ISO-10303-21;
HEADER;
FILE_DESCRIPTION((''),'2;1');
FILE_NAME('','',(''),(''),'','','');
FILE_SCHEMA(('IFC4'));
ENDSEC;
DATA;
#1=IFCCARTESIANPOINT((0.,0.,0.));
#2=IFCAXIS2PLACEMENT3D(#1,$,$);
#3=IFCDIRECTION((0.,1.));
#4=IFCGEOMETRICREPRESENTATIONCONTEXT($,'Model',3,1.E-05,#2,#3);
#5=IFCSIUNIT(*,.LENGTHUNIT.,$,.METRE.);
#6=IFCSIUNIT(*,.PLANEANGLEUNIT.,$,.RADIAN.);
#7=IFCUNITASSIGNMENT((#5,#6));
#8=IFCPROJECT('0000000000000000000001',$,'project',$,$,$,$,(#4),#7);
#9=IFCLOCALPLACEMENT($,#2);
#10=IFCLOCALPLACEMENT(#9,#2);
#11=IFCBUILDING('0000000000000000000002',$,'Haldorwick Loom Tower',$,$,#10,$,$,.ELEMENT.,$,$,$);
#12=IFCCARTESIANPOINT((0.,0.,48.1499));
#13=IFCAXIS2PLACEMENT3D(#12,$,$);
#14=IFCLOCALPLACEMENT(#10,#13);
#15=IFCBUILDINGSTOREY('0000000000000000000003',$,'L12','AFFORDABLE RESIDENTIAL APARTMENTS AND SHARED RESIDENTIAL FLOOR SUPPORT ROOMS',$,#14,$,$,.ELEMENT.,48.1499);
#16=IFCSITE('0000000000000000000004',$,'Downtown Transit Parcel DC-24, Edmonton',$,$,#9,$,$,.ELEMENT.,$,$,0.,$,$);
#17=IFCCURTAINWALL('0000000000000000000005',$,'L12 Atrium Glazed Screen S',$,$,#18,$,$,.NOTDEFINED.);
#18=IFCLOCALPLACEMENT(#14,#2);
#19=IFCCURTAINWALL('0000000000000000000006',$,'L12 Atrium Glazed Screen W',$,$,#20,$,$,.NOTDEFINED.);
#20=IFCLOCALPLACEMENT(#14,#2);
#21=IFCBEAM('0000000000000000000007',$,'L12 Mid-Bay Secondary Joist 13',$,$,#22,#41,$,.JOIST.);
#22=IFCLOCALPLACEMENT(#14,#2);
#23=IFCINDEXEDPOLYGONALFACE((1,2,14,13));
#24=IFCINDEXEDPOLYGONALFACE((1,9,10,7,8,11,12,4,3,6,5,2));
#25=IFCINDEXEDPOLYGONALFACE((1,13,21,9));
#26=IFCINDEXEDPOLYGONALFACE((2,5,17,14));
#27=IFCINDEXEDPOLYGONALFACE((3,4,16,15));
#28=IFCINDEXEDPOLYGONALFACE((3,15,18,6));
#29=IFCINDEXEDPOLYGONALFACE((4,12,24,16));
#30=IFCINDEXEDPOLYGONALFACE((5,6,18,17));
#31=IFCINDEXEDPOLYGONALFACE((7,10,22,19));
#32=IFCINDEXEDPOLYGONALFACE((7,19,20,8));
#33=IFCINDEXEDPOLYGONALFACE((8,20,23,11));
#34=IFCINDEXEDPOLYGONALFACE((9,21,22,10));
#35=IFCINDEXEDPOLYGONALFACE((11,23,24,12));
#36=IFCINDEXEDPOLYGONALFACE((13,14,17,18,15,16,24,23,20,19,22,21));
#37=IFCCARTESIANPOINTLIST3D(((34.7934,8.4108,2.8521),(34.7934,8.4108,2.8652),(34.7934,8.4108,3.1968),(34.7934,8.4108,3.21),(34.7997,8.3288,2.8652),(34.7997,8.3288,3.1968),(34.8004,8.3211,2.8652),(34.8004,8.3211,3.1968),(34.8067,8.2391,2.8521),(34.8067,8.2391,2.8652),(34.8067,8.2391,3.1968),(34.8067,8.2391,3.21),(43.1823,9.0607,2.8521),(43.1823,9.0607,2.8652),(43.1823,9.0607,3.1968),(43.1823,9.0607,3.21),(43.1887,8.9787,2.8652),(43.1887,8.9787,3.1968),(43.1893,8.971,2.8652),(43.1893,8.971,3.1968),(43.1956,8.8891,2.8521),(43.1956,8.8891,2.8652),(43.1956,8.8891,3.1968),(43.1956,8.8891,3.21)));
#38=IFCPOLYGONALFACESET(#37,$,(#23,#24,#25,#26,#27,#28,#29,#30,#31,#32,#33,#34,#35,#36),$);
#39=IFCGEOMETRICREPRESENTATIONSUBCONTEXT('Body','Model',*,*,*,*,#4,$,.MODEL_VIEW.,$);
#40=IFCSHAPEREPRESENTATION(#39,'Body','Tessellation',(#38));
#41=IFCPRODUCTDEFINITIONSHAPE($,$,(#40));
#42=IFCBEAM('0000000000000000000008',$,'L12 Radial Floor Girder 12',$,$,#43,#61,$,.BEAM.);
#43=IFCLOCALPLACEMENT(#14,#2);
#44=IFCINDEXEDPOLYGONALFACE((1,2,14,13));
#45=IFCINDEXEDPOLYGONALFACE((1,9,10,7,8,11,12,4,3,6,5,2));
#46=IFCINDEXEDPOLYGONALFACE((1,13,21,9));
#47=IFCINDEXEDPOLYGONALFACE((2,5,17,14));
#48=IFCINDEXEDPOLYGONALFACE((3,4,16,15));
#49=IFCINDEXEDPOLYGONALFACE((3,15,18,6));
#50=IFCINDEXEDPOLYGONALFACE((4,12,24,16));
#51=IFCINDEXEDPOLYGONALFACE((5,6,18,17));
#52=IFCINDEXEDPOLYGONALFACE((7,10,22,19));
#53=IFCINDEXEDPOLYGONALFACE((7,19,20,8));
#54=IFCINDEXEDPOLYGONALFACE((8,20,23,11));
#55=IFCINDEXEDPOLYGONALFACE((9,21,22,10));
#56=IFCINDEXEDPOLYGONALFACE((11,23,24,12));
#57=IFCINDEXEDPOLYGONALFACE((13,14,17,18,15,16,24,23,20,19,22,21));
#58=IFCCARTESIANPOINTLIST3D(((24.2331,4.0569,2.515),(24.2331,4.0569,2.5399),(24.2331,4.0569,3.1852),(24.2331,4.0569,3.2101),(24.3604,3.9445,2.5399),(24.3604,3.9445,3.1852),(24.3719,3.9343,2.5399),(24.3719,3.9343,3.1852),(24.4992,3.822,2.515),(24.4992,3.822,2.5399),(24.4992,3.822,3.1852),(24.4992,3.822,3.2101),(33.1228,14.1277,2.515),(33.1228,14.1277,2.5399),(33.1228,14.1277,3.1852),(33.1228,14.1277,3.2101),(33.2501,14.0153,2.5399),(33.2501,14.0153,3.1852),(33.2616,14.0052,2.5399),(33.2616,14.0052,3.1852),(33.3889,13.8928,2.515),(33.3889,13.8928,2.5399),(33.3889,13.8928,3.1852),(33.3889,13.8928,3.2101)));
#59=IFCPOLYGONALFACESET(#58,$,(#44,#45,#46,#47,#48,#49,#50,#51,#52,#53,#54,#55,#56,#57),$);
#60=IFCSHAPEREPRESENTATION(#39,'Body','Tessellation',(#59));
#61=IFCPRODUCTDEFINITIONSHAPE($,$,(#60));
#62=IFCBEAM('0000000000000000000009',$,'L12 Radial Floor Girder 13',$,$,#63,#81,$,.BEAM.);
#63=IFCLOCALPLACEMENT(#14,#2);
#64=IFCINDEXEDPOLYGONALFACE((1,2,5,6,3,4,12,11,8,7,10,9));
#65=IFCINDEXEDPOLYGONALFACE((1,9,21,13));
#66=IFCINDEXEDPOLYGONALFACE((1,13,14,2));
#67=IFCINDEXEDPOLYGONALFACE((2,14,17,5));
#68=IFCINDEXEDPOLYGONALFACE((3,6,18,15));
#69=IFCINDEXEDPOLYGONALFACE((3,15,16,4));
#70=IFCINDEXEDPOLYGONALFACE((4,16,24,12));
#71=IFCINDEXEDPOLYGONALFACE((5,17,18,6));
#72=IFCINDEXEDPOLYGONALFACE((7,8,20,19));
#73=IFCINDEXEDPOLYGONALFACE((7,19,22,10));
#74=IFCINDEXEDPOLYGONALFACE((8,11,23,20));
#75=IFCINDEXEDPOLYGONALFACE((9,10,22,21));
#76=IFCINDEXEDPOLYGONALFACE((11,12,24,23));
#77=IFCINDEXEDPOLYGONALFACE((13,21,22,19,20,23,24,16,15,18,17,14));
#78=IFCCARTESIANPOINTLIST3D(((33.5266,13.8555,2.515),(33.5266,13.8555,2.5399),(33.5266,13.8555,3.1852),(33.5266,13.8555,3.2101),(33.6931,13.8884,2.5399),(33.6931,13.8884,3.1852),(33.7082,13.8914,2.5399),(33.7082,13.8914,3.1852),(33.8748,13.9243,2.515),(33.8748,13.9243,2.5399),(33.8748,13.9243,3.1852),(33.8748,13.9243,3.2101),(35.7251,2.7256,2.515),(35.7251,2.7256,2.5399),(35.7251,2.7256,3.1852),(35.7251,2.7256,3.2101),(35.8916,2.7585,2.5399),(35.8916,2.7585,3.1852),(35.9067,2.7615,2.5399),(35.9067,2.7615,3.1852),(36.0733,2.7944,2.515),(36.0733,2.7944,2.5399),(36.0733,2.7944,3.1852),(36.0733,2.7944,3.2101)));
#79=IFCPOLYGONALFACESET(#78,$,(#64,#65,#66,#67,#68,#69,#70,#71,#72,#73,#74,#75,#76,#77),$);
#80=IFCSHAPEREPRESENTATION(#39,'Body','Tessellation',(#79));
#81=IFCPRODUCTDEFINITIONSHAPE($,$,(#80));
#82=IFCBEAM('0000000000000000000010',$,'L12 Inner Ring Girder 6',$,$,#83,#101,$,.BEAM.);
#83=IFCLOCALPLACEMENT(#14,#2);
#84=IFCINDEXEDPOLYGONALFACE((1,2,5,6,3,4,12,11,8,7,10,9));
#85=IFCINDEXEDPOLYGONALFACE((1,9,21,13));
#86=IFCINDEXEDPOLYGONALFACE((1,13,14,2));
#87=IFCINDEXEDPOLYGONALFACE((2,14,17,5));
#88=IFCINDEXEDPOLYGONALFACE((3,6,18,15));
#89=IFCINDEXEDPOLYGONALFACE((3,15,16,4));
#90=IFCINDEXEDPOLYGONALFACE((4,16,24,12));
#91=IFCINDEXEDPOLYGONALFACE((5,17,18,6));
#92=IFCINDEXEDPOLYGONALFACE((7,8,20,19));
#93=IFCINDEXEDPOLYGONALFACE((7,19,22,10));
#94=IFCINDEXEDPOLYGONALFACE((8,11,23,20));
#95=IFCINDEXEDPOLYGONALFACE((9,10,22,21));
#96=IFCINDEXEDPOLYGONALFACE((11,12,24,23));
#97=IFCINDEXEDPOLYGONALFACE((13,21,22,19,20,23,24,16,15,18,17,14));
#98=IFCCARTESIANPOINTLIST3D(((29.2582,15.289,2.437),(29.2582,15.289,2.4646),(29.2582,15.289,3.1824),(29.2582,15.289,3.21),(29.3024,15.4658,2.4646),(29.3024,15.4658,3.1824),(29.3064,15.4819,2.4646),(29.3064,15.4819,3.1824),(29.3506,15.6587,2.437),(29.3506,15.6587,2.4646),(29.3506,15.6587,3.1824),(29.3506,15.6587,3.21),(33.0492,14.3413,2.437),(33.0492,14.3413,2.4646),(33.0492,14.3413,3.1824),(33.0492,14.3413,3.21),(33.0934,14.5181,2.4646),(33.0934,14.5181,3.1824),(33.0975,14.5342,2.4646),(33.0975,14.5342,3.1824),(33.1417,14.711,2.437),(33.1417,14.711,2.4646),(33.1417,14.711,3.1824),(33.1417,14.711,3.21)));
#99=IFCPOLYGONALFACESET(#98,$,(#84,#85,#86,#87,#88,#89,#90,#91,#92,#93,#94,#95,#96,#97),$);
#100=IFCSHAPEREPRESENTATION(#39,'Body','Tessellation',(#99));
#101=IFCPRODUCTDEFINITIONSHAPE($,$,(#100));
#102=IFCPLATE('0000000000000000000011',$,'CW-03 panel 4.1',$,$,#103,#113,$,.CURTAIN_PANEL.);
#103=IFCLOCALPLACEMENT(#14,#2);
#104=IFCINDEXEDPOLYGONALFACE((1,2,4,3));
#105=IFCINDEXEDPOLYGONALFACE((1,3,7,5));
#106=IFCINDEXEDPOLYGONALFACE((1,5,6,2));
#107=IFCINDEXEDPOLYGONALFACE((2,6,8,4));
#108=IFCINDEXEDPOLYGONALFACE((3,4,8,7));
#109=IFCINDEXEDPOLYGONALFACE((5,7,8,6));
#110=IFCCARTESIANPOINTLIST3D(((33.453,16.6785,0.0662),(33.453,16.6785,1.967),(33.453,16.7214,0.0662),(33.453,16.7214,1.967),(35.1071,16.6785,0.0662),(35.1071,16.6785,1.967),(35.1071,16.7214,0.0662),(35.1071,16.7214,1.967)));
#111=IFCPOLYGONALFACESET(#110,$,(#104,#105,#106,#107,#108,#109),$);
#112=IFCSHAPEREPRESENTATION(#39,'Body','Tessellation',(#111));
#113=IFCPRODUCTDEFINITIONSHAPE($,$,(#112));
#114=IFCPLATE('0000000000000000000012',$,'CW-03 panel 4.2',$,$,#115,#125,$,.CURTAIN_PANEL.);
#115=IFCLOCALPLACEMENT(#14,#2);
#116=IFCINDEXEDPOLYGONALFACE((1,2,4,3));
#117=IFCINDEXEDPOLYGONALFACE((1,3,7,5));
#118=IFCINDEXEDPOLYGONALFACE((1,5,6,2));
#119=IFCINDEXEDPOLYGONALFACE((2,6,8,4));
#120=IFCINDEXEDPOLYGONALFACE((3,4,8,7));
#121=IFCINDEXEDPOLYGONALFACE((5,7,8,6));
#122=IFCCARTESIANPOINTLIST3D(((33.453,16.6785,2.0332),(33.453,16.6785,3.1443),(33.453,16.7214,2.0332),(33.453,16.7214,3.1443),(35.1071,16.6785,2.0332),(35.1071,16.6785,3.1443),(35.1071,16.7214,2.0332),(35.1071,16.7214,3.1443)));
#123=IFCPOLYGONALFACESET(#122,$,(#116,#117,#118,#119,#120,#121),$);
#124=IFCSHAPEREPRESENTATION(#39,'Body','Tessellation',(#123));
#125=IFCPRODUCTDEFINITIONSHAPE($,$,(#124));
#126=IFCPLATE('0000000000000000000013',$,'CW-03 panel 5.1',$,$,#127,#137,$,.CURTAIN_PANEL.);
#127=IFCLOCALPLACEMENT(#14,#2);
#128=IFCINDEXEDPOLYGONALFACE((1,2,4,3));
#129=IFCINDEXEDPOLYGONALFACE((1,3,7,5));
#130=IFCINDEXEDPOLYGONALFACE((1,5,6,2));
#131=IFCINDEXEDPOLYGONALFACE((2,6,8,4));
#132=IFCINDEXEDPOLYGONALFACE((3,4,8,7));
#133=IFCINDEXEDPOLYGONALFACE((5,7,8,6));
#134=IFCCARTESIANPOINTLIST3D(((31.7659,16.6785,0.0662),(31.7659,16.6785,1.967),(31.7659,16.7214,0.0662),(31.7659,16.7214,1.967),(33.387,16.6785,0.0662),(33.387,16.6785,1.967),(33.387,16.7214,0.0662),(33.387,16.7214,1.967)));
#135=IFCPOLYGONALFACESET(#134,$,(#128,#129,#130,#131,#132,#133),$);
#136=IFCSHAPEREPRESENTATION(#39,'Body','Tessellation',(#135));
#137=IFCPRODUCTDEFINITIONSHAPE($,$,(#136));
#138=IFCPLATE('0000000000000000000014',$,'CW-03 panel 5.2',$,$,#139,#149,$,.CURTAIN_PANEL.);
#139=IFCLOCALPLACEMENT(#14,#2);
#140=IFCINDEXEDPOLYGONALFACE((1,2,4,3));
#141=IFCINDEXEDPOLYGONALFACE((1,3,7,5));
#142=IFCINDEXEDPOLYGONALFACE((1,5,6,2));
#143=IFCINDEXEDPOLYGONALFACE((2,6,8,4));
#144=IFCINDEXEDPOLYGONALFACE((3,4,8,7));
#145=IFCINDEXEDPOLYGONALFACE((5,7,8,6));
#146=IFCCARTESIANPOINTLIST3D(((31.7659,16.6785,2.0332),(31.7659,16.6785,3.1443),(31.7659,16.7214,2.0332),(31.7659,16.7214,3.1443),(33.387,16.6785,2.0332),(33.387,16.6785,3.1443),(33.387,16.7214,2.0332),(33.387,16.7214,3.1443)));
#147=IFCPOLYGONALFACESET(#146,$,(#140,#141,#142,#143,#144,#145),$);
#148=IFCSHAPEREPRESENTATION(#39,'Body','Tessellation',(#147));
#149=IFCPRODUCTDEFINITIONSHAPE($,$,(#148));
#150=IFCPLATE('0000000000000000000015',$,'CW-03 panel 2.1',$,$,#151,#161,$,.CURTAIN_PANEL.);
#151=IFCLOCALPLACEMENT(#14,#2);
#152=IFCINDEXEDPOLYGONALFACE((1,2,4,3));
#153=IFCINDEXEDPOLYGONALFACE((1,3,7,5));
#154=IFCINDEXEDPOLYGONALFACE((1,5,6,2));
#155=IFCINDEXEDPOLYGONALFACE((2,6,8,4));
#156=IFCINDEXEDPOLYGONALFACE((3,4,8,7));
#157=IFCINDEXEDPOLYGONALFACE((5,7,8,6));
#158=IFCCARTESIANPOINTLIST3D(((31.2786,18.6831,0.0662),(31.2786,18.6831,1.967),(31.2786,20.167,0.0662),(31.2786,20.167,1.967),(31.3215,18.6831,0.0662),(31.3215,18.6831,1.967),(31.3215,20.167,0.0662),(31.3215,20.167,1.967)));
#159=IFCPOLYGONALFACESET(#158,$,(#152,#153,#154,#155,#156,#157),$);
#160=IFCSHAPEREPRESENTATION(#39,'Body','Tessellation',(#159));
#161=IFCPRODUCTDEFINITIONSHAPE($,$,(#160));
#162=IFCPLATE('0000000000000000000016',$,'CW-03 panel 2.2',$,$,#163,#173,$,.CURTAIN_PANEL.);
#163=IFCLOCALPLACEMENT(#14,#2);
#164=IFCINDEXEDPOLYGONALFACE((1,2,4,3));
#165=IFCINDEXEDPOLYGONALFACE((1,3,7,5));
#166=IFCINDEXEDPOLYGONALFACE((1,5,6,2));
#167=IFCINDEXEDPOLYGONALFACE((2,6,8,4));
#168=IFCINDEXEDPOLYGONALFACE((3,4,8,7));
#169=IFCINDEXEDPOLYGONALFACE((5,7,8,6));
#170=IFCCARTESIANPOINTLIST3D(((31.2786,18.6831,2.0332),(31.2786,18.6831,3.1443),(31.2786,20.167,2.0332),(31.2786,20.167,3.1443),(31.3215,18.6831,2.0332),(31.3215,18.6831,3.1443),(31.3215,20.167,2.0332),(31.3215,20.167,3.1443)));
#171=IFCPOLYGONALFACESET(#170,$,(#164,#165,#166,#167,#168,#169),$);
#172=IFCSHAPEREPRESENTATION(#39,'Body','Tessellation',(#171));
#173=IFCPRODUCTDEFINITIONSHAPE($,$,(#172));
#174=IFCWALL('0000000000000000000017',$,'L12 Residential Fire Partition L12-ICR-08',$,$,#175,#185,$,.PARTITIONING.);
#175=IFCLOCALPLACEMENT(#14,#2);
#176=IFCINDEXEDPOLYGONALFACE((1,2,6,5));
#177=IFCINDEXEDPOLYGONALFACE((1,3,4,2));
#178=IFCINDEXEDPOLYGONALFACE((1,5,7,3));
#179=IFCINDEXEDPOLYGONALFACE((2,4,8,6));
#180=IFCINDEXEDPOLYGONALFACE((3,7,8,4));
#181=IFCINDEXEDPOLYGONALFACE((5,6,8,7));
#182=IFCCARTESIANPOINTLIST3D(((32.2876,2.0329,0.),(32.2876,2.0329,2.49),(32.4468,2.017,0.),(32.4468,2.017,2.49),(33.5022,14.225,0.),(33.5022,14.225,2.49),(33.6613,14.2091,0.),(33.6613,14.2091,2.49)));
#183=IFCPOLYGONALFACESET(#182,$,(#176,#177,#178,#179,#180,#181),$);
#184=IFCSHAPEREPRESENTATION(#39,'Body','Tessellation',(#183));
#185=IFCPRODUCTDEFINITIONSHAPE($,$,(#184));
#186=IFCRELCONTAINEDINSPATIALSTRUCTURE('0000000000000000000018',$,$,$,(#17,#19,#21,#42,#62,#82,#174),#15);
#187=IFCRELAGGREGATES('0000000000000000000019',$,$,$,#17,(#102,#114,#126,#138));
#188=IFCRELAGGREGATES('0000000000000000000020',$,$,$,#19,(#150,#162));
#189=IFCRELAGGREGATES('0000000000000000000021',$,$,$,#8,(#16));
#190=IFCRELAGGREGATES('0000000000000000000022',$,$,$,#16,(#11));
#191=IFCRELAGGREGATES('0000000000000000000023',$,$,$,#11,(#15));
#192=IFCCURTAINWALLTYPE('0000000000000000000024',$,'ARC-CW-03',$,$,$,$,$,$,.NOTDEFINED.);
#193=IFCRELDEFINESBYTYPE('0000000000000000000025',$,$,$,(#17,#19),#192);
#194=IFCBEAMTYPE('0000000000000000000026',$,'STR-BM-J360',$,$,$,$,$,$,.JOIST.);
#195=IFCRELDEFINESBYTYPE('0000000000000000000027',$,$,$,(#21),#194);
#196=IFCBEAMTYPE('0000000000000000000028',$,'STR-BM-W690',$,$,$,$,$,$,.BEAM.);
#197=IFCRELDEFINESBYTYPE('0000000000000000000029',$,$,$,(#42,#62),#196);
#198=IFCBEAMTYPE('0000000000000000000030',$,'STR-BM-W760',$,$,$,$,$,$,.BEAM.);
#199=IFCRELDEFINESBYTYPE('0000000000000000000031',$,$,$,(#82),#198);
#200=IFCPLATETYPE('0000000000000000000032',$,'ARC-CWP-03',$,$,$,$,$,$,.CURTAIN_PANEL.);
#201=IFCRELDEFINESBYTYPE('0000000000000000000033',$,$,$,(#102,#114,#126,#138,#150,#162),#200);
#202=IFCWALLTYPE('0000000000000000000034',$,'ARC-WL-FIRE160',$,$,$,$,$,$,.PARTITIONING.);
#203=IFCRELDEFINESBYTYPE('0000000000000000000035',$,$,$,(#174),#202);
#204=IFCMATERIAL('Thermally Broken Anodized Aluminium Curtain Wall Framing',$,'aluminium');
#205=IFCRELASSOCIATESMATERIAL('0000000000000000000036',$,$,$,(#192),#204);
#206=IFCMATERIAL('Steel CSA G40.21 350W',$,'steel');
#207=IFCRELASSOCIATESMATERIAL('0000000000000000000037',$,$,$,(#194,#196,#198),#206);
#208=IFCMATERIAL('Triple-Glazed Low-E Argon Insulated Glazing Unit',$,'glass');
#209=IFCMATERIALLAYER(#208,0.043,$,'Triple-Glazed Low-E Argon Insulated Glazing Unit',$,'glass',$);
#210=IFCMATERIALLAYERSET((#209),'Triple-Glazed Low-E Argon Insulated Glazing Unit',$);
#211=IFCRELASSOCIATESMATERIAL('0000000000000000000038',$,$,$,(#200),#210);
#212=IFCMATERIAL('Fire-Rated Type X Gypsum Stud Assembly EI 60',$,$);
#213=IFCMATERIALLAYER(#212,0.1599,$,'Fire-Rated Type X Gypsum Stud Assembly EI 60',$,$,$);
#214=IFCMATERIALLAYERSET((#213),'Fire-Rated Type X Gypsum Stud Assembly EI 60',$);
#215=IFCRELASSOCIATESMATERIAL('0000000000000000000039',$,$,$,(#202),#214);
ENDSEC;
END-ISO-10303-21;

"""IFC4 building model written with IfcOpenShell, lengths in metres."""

from ifc_helpers import new_model, si_unit, direction, frame, frame_2d, origin, origin_2d, place, context, subcontext, project, spatial, rectangle, i_section, extrude, material, layer, layer_set, material_profile, profile_set, type_object, element, aggregate, save


model = new_model("IFC4")

# Units and contexts
model_context = context("Model", 3, precision=1e-05, world=origin(), true_north=direction((0.0, 1.0)))
body_context = subcontext(model_context, "Body", "Model", "MODEL_VIEW")
ifc_project = project(units=[si_unit("LENGTHUNIT", "METRE"), si_unit("PLANEANGLEUNIT", "RADIAN")], contexts=[model_context])

# Site, building, storey
site_placement = place(None, origin())
site = spatial("IfcSite", under=ifc_project, at=site_placement, Name="Downtown Transit Parcel DC-24, Edmonton", CompositionType="ELEMENT", RefElevation=0.0)
building_placement = place(site_placement, origin())
building = spatial("IfcBuilding", under=site, at=building_placement, Name="Haldorwick Loom Tower", CompositionType="ELEMENT")
storey_placement = place(building_placement, frame((0.0, 0.0, 48.1499)))
storey = spatial("IfcBuildingStorey", under=building, at=storey_placement, Name="L12", Description="AFFORDABLE RESIDENTIAL APARTMENTS AND SHARED RESIDENTIAL FLOOR SUPPORT ROOMS", CompositionType="ELEMENT", Elevation=48.1499)

# Curtain wall
ifc_material_1 = material(Name="Thermally Broken Anodized Aluminium Curtain Wall Framing", Category="aluminium")
curtain_wall_type = type_object("IfcCurtainWallType", Name="ARC-CW-03", PredefinedType="NOTDEFINED", material=ifc_material_1)
curtain_wall_1_placement = place(storey_placement, origin())
curtain_wall_1 = element("IfcCurtainWall", 1, at=curtain_wall_1_placement, inside=storey, type_object=curtain_wall_type, Name="L12 Atrium Glazed Screen S", PredefinedType="NOTDEFINED")

# Curtain wall
curtain_wall_2_placement = place(storey_placement, origin())
curtain_wall_2 = element("IfcCurtainWall", 2, at=curtain_wall_2_placement, inside=storey, type_object=curtain_wall_type, Name="L12 Atrium Glazed Screen W", PredefinedType="NOTDEFINED")

# Beams
ifc_material_2 = material(Name="Steel CSA G40.21 350W", Category="steel")
ifc_material_profile_1 = material_profile(ifc_material_2, i_section(OverallWidth=0.1721, OverallDepth=0.3579, WebThickness=0.0078, FlangeThickness=0.0132, at=origin_2d()), Name="W360X57", Category="steel")
ifc_profile_set_1 = profile_set([ifc_material_profile_1], Name="Steel CSA G40.21 350W")
beam_type_1 = type_object("IfcBeamType", Name="STR-BM-J360", PredefinedType="JOIST", material=ifc_profile_set_1)
beam_1_placement = place(storey_placement, frame((34.8, 8.325, 3.031), z_axis=(0.997013, 0.07724, 0.0), x_axis=(-0.07724, 0.997013, 0.0)))
element("IfcBeam", 3, at=beam_1_placement, inside=storey, type_object=beam_type_1, Name="L12 Mid-Bay Secondary Joist 13", PredefinedType="JOIST", context=body_context, shape_type="SweptSolid", body=[
    extrude(i_section(OverallWidth=0.1721, OverallDepth=0.3579, WebThickness=0.0078, FlangeThickness=0.0132, at=origin_2d()), origin(), (0.0, 0.0, 1.0), 8.4141),
])
ifc_material_profile_2 = material_profile(ifc_material_2, i_section(OverallWidth=0.355, OverallDepth=0.6951, WebThickness=0.0154, FlangeThickness=0.0249, at=origin_2d()), Name="W690X217", Category="steel")
ifc_profile_set_2 = profile_set([ifc_material_profile_2], Name="Steel CSA G40.21 350W")
beam_type_2 = type_object("IfcBeamType", Name="STR-BM-W690", PredefinedType="BEAM", material=ifc_profile_set_2)
beam_2_placement = place(storey_placement, frame((33.2559, 14.0103, 2.8625), z_axis=(-0.661774, -0.749703, 0.0), x_axis=(0.749703, -0.661774, 0.0)))
element("IfcBeam", 4, at=beam_2_placement, inside=storey, type_object=beam_type_2, Name="L12 Radial Floor Girder 12", PredefinedType="BEAM", context=body_context, shape_type="SweptSolid", body=[
    extrude(i_section(OverallWidth=0.355, OverallDepth=0.6951, WebThickness=0.0154, FlangeThickness=0.0249, at=origin_2d()), origin(), (0.0, 0.0, 1.0), 13.4331),
])
beam_3_placement = place(storey_placement, frame((33.7007, 13.8899, 2.8625), z_axis=(0.193786, -0.981044, 0.0), x_axis=(0.981044, 0.193786, 0.0)))
element("IfcBeam", 5, at=beam_3_placement, inside=storey, type_object=beam_type_2, Name="L12 Radial Floor Girder 13", PredefinedType="BEAM", context=body_context, shape_type="SweptSolid", body=[
    extrude(i_section(OverallWidth=0.355, OverallDepth=0.6951, WebThickness=0.0154, FlangeThickness=0.0249, at=origin_2d()), origin(), (0.0, 0.0, 1.0), 11.345),
])
ifc_material_profile_3 = material_profile(ifc_material_2, i_section(OverallWidth=0.3811, OverallDepth=0.7729, WebThickness=0.0166, FlangeThickness=0.0276, at=origin_2d()), Name="W760X257", Category="steel")
ifc_profile_set_3 = profile_set([ifc_material_profile_3], Name="Steel CSA G40.21 350W")
beam_type_3 = type_object("IfcBeamType", Name="STR-BM-W760", PredefinedType="BEAM", material=ifc_profile_set_3)
beam_4_placement = place(storey_placement, frame((33.0955, 14.5261, 2.8235), z_axis=(-0.970143, 0.242536, 0.0), x_axis=(-0.242536, -0.970143, 0.0)))
element("IfcBeam", 6, at=beam_4_placement, inside=storey, type_object=beam_type_3, Name="L12 Inner Ring Girder 6", PredefinedType="BEAM", context=body_context, shape_type="SweptSolid", body=[
    extrude(i_section(OverallWidth=0.3811, OverallDepth=0.7729, WebThickness=0.0166, FlangeThickness=0.0276, at=origin_2d()), origin(), (0.0, 0.0, 1.0), 3.9077),
])

# Plates
ifc_material_3 = material(Name="Triple-Glazed Low-E Argon Insulated Glazing Unit", Category="glass")
ifc_layer_1 = layer(ifc_material_3, 0.043, Name="Triple-Glazed Low-E Argon Insulated Glazing Unit", Category="glass")
ifc_layer_set_1 = layer_set([ifc_layer_1], Name="Triple-Glazed Low-E Argon Insulated Glazing Unit")
plate_type = type_object("IfcPlateType", Name="ARC-CWP-03", PredefinedType="CURTAIN_PANEL", material=ifc_layer_set_1)
plate_1_placement = place(storey_placement, frame((34.28, 16.7, 0.0662), z_axis=(0.0, 0.0, 1.0), x_axis=(-1.0, 0.0, 0.0)))
plate_1 = element("IfcPlate", 7, at=plate_1_placement, type_object=plate_type, Name="CW-03 panel 4.1", PredefinedType="CURTAIN_PANEL", context=body_context, shape_type="SweptSolid", body=[
    extrude(rectangle(XDim=1.6541, YDim=0.043, at=origin_2d()), origin(), (0.0, 0.0, 1.0), 1.9009),
])
plate_2_placement = place(storey_placement, frame((34.28, 16.7, 2.0332), z_axis=(0.0, 0.0, 1.0), x_axis=(-1.0, 0.0, 0.0)))
plate_2 = element("IfcPlate", 8, at=plate_2_placement, type_object=plate_type, Name="CW-03 panel 4.2", PredefinedType="CURTAIN_PANEL", context=body_context, shape_type="SweptSolid", body=[
    extrude(rectangle(XDim=1.6541, YDim=0.043, at=origin_2d()), origin(), (0.0, 0.0, 1.0), 1.1111),
])
plate_3_placement = place(storey_placement, frame((32.5764, 16.7, 0.0662), z_axis=(0.0, 0.0, 1.0), x_axis=(-1.0, 0.0, 0.0)))
plate_3 = element("IfcPlate", 9, at=plate_3_placement, type_object=plate_type, Name="CW-03 panel 5.1", PredefinedType="CURTAIN_PANEL", context=body_context, shape_type="SweptSolid", body=[
    extrude(rectangle(XDim=1.6211, YDim=0.043, at=origin_2d()), origin(), (0.0, 0.0, 1.0), 1.9009),
])
plate_4_placement = place(storey_placement, frame((32.5764, 16.7, 2.0332), z_axis=(0.0, 0.0, 1.0), x_axis=(-1.0, 0.0, 0.0)))
plate_4 = element("IfcPlate", 10, at=plate_4_placement, type_object=plate_type, Name="CW-03 panel 5.2", PredefinedType="CURTAIN_PANEL", context=body_context, shape_type="SweptSolid", body=[
    extrude(rectangle(XDim=1.6211, YDim=0.043, at=origin_2d()), origin(), (0.0, 0.0, 1.0), 1.1111),
])
aggregate(curtain_wall_1, [plate_1, plate_2, plate_3, plate_4])
plate_5_placement = place(storey_placement, frame((31.3, 19.425, 0.0662), z_axis=(0.0, 0.0, 1.0), x_axis=(0.0, 1.0, 0.0)))
plate_5 = element("IfcPlate", 11, at=plate_5_placement, type_object=plate_type, Name="CW-03 panel 2.1", PredefinedType="CURTAIN_PANEL", context=body_context, shape_type="SweptSolid", body=[
    extrude(rectangle(XDim=1.4839, YDim=0.043, at=origin_2d()), origin(), (0.0, 0.0, 1.0), 1.9009),
])
plate_6_placement = place(storey_placement, frame((31.3, 19.425, 2.0332), z_axis=(0.0, 0.0, 1.0), x_axis=(0.0, 1.0, 0.0)))
plate_6 = element("IfcPlate", 12, at=plate_6_placement, type_object=plate_type, Name="CW-03 panel 2.2", PredefinedType="CURTAIN_PANEL", context=body_context, shape_type="SweptSolid", body=[
    extrude(rectangle(XDim=1.4839, YDim=0.043, at=origin_2d()), origin(), (0.0, 0.0, 1.0), 1.1111),
])
aggregate(curtain_wall_2, [plate_5, plate_6])

# Wall
ifc_material_4 = material(Name="Fire-Rated Type X Gypsum Stud Assembly EI 60")
ifc_layer_2 = layer(ifc_material_4, 0.1599, Name="Fire-Rated Type X Gypsum Stud Assembly EI 60")
ifc_layer_set_2 = layer_set([ifc_layer_2], Name="Fire-Rated Type X Gypsum Stud Assembly EI 60")
wall_type = type_object("IfcWallType", Name="ARC-WL-FIRE160", PredefinedType="PARTITIONING", material=ifc_layer_set_2)
wall_1_placement = place(storey_placement, frame((33.5818, 14.217, 0.0), z_axis=(0.0, 0.0, 1.0), x_axis=(-0.099131, -0.995074, 0.0)))
element("IfcWall", 13, at=wall_1_placement, inside=storey, type_object=wall_type, Name="L12 Residential Fire Partition L12-ICR-08", PredefinedType="PARTITIONING", context=body_context, shape_type="SweptSolid", body=[
    extrude(rectangle(XDim=12.2524, YDim=0.1599, at=frame_2d((6.1262, 0.0))), origin(), (0.0, 0.0, 1.0), 2.49),
])

save(model, "model.ifc")
